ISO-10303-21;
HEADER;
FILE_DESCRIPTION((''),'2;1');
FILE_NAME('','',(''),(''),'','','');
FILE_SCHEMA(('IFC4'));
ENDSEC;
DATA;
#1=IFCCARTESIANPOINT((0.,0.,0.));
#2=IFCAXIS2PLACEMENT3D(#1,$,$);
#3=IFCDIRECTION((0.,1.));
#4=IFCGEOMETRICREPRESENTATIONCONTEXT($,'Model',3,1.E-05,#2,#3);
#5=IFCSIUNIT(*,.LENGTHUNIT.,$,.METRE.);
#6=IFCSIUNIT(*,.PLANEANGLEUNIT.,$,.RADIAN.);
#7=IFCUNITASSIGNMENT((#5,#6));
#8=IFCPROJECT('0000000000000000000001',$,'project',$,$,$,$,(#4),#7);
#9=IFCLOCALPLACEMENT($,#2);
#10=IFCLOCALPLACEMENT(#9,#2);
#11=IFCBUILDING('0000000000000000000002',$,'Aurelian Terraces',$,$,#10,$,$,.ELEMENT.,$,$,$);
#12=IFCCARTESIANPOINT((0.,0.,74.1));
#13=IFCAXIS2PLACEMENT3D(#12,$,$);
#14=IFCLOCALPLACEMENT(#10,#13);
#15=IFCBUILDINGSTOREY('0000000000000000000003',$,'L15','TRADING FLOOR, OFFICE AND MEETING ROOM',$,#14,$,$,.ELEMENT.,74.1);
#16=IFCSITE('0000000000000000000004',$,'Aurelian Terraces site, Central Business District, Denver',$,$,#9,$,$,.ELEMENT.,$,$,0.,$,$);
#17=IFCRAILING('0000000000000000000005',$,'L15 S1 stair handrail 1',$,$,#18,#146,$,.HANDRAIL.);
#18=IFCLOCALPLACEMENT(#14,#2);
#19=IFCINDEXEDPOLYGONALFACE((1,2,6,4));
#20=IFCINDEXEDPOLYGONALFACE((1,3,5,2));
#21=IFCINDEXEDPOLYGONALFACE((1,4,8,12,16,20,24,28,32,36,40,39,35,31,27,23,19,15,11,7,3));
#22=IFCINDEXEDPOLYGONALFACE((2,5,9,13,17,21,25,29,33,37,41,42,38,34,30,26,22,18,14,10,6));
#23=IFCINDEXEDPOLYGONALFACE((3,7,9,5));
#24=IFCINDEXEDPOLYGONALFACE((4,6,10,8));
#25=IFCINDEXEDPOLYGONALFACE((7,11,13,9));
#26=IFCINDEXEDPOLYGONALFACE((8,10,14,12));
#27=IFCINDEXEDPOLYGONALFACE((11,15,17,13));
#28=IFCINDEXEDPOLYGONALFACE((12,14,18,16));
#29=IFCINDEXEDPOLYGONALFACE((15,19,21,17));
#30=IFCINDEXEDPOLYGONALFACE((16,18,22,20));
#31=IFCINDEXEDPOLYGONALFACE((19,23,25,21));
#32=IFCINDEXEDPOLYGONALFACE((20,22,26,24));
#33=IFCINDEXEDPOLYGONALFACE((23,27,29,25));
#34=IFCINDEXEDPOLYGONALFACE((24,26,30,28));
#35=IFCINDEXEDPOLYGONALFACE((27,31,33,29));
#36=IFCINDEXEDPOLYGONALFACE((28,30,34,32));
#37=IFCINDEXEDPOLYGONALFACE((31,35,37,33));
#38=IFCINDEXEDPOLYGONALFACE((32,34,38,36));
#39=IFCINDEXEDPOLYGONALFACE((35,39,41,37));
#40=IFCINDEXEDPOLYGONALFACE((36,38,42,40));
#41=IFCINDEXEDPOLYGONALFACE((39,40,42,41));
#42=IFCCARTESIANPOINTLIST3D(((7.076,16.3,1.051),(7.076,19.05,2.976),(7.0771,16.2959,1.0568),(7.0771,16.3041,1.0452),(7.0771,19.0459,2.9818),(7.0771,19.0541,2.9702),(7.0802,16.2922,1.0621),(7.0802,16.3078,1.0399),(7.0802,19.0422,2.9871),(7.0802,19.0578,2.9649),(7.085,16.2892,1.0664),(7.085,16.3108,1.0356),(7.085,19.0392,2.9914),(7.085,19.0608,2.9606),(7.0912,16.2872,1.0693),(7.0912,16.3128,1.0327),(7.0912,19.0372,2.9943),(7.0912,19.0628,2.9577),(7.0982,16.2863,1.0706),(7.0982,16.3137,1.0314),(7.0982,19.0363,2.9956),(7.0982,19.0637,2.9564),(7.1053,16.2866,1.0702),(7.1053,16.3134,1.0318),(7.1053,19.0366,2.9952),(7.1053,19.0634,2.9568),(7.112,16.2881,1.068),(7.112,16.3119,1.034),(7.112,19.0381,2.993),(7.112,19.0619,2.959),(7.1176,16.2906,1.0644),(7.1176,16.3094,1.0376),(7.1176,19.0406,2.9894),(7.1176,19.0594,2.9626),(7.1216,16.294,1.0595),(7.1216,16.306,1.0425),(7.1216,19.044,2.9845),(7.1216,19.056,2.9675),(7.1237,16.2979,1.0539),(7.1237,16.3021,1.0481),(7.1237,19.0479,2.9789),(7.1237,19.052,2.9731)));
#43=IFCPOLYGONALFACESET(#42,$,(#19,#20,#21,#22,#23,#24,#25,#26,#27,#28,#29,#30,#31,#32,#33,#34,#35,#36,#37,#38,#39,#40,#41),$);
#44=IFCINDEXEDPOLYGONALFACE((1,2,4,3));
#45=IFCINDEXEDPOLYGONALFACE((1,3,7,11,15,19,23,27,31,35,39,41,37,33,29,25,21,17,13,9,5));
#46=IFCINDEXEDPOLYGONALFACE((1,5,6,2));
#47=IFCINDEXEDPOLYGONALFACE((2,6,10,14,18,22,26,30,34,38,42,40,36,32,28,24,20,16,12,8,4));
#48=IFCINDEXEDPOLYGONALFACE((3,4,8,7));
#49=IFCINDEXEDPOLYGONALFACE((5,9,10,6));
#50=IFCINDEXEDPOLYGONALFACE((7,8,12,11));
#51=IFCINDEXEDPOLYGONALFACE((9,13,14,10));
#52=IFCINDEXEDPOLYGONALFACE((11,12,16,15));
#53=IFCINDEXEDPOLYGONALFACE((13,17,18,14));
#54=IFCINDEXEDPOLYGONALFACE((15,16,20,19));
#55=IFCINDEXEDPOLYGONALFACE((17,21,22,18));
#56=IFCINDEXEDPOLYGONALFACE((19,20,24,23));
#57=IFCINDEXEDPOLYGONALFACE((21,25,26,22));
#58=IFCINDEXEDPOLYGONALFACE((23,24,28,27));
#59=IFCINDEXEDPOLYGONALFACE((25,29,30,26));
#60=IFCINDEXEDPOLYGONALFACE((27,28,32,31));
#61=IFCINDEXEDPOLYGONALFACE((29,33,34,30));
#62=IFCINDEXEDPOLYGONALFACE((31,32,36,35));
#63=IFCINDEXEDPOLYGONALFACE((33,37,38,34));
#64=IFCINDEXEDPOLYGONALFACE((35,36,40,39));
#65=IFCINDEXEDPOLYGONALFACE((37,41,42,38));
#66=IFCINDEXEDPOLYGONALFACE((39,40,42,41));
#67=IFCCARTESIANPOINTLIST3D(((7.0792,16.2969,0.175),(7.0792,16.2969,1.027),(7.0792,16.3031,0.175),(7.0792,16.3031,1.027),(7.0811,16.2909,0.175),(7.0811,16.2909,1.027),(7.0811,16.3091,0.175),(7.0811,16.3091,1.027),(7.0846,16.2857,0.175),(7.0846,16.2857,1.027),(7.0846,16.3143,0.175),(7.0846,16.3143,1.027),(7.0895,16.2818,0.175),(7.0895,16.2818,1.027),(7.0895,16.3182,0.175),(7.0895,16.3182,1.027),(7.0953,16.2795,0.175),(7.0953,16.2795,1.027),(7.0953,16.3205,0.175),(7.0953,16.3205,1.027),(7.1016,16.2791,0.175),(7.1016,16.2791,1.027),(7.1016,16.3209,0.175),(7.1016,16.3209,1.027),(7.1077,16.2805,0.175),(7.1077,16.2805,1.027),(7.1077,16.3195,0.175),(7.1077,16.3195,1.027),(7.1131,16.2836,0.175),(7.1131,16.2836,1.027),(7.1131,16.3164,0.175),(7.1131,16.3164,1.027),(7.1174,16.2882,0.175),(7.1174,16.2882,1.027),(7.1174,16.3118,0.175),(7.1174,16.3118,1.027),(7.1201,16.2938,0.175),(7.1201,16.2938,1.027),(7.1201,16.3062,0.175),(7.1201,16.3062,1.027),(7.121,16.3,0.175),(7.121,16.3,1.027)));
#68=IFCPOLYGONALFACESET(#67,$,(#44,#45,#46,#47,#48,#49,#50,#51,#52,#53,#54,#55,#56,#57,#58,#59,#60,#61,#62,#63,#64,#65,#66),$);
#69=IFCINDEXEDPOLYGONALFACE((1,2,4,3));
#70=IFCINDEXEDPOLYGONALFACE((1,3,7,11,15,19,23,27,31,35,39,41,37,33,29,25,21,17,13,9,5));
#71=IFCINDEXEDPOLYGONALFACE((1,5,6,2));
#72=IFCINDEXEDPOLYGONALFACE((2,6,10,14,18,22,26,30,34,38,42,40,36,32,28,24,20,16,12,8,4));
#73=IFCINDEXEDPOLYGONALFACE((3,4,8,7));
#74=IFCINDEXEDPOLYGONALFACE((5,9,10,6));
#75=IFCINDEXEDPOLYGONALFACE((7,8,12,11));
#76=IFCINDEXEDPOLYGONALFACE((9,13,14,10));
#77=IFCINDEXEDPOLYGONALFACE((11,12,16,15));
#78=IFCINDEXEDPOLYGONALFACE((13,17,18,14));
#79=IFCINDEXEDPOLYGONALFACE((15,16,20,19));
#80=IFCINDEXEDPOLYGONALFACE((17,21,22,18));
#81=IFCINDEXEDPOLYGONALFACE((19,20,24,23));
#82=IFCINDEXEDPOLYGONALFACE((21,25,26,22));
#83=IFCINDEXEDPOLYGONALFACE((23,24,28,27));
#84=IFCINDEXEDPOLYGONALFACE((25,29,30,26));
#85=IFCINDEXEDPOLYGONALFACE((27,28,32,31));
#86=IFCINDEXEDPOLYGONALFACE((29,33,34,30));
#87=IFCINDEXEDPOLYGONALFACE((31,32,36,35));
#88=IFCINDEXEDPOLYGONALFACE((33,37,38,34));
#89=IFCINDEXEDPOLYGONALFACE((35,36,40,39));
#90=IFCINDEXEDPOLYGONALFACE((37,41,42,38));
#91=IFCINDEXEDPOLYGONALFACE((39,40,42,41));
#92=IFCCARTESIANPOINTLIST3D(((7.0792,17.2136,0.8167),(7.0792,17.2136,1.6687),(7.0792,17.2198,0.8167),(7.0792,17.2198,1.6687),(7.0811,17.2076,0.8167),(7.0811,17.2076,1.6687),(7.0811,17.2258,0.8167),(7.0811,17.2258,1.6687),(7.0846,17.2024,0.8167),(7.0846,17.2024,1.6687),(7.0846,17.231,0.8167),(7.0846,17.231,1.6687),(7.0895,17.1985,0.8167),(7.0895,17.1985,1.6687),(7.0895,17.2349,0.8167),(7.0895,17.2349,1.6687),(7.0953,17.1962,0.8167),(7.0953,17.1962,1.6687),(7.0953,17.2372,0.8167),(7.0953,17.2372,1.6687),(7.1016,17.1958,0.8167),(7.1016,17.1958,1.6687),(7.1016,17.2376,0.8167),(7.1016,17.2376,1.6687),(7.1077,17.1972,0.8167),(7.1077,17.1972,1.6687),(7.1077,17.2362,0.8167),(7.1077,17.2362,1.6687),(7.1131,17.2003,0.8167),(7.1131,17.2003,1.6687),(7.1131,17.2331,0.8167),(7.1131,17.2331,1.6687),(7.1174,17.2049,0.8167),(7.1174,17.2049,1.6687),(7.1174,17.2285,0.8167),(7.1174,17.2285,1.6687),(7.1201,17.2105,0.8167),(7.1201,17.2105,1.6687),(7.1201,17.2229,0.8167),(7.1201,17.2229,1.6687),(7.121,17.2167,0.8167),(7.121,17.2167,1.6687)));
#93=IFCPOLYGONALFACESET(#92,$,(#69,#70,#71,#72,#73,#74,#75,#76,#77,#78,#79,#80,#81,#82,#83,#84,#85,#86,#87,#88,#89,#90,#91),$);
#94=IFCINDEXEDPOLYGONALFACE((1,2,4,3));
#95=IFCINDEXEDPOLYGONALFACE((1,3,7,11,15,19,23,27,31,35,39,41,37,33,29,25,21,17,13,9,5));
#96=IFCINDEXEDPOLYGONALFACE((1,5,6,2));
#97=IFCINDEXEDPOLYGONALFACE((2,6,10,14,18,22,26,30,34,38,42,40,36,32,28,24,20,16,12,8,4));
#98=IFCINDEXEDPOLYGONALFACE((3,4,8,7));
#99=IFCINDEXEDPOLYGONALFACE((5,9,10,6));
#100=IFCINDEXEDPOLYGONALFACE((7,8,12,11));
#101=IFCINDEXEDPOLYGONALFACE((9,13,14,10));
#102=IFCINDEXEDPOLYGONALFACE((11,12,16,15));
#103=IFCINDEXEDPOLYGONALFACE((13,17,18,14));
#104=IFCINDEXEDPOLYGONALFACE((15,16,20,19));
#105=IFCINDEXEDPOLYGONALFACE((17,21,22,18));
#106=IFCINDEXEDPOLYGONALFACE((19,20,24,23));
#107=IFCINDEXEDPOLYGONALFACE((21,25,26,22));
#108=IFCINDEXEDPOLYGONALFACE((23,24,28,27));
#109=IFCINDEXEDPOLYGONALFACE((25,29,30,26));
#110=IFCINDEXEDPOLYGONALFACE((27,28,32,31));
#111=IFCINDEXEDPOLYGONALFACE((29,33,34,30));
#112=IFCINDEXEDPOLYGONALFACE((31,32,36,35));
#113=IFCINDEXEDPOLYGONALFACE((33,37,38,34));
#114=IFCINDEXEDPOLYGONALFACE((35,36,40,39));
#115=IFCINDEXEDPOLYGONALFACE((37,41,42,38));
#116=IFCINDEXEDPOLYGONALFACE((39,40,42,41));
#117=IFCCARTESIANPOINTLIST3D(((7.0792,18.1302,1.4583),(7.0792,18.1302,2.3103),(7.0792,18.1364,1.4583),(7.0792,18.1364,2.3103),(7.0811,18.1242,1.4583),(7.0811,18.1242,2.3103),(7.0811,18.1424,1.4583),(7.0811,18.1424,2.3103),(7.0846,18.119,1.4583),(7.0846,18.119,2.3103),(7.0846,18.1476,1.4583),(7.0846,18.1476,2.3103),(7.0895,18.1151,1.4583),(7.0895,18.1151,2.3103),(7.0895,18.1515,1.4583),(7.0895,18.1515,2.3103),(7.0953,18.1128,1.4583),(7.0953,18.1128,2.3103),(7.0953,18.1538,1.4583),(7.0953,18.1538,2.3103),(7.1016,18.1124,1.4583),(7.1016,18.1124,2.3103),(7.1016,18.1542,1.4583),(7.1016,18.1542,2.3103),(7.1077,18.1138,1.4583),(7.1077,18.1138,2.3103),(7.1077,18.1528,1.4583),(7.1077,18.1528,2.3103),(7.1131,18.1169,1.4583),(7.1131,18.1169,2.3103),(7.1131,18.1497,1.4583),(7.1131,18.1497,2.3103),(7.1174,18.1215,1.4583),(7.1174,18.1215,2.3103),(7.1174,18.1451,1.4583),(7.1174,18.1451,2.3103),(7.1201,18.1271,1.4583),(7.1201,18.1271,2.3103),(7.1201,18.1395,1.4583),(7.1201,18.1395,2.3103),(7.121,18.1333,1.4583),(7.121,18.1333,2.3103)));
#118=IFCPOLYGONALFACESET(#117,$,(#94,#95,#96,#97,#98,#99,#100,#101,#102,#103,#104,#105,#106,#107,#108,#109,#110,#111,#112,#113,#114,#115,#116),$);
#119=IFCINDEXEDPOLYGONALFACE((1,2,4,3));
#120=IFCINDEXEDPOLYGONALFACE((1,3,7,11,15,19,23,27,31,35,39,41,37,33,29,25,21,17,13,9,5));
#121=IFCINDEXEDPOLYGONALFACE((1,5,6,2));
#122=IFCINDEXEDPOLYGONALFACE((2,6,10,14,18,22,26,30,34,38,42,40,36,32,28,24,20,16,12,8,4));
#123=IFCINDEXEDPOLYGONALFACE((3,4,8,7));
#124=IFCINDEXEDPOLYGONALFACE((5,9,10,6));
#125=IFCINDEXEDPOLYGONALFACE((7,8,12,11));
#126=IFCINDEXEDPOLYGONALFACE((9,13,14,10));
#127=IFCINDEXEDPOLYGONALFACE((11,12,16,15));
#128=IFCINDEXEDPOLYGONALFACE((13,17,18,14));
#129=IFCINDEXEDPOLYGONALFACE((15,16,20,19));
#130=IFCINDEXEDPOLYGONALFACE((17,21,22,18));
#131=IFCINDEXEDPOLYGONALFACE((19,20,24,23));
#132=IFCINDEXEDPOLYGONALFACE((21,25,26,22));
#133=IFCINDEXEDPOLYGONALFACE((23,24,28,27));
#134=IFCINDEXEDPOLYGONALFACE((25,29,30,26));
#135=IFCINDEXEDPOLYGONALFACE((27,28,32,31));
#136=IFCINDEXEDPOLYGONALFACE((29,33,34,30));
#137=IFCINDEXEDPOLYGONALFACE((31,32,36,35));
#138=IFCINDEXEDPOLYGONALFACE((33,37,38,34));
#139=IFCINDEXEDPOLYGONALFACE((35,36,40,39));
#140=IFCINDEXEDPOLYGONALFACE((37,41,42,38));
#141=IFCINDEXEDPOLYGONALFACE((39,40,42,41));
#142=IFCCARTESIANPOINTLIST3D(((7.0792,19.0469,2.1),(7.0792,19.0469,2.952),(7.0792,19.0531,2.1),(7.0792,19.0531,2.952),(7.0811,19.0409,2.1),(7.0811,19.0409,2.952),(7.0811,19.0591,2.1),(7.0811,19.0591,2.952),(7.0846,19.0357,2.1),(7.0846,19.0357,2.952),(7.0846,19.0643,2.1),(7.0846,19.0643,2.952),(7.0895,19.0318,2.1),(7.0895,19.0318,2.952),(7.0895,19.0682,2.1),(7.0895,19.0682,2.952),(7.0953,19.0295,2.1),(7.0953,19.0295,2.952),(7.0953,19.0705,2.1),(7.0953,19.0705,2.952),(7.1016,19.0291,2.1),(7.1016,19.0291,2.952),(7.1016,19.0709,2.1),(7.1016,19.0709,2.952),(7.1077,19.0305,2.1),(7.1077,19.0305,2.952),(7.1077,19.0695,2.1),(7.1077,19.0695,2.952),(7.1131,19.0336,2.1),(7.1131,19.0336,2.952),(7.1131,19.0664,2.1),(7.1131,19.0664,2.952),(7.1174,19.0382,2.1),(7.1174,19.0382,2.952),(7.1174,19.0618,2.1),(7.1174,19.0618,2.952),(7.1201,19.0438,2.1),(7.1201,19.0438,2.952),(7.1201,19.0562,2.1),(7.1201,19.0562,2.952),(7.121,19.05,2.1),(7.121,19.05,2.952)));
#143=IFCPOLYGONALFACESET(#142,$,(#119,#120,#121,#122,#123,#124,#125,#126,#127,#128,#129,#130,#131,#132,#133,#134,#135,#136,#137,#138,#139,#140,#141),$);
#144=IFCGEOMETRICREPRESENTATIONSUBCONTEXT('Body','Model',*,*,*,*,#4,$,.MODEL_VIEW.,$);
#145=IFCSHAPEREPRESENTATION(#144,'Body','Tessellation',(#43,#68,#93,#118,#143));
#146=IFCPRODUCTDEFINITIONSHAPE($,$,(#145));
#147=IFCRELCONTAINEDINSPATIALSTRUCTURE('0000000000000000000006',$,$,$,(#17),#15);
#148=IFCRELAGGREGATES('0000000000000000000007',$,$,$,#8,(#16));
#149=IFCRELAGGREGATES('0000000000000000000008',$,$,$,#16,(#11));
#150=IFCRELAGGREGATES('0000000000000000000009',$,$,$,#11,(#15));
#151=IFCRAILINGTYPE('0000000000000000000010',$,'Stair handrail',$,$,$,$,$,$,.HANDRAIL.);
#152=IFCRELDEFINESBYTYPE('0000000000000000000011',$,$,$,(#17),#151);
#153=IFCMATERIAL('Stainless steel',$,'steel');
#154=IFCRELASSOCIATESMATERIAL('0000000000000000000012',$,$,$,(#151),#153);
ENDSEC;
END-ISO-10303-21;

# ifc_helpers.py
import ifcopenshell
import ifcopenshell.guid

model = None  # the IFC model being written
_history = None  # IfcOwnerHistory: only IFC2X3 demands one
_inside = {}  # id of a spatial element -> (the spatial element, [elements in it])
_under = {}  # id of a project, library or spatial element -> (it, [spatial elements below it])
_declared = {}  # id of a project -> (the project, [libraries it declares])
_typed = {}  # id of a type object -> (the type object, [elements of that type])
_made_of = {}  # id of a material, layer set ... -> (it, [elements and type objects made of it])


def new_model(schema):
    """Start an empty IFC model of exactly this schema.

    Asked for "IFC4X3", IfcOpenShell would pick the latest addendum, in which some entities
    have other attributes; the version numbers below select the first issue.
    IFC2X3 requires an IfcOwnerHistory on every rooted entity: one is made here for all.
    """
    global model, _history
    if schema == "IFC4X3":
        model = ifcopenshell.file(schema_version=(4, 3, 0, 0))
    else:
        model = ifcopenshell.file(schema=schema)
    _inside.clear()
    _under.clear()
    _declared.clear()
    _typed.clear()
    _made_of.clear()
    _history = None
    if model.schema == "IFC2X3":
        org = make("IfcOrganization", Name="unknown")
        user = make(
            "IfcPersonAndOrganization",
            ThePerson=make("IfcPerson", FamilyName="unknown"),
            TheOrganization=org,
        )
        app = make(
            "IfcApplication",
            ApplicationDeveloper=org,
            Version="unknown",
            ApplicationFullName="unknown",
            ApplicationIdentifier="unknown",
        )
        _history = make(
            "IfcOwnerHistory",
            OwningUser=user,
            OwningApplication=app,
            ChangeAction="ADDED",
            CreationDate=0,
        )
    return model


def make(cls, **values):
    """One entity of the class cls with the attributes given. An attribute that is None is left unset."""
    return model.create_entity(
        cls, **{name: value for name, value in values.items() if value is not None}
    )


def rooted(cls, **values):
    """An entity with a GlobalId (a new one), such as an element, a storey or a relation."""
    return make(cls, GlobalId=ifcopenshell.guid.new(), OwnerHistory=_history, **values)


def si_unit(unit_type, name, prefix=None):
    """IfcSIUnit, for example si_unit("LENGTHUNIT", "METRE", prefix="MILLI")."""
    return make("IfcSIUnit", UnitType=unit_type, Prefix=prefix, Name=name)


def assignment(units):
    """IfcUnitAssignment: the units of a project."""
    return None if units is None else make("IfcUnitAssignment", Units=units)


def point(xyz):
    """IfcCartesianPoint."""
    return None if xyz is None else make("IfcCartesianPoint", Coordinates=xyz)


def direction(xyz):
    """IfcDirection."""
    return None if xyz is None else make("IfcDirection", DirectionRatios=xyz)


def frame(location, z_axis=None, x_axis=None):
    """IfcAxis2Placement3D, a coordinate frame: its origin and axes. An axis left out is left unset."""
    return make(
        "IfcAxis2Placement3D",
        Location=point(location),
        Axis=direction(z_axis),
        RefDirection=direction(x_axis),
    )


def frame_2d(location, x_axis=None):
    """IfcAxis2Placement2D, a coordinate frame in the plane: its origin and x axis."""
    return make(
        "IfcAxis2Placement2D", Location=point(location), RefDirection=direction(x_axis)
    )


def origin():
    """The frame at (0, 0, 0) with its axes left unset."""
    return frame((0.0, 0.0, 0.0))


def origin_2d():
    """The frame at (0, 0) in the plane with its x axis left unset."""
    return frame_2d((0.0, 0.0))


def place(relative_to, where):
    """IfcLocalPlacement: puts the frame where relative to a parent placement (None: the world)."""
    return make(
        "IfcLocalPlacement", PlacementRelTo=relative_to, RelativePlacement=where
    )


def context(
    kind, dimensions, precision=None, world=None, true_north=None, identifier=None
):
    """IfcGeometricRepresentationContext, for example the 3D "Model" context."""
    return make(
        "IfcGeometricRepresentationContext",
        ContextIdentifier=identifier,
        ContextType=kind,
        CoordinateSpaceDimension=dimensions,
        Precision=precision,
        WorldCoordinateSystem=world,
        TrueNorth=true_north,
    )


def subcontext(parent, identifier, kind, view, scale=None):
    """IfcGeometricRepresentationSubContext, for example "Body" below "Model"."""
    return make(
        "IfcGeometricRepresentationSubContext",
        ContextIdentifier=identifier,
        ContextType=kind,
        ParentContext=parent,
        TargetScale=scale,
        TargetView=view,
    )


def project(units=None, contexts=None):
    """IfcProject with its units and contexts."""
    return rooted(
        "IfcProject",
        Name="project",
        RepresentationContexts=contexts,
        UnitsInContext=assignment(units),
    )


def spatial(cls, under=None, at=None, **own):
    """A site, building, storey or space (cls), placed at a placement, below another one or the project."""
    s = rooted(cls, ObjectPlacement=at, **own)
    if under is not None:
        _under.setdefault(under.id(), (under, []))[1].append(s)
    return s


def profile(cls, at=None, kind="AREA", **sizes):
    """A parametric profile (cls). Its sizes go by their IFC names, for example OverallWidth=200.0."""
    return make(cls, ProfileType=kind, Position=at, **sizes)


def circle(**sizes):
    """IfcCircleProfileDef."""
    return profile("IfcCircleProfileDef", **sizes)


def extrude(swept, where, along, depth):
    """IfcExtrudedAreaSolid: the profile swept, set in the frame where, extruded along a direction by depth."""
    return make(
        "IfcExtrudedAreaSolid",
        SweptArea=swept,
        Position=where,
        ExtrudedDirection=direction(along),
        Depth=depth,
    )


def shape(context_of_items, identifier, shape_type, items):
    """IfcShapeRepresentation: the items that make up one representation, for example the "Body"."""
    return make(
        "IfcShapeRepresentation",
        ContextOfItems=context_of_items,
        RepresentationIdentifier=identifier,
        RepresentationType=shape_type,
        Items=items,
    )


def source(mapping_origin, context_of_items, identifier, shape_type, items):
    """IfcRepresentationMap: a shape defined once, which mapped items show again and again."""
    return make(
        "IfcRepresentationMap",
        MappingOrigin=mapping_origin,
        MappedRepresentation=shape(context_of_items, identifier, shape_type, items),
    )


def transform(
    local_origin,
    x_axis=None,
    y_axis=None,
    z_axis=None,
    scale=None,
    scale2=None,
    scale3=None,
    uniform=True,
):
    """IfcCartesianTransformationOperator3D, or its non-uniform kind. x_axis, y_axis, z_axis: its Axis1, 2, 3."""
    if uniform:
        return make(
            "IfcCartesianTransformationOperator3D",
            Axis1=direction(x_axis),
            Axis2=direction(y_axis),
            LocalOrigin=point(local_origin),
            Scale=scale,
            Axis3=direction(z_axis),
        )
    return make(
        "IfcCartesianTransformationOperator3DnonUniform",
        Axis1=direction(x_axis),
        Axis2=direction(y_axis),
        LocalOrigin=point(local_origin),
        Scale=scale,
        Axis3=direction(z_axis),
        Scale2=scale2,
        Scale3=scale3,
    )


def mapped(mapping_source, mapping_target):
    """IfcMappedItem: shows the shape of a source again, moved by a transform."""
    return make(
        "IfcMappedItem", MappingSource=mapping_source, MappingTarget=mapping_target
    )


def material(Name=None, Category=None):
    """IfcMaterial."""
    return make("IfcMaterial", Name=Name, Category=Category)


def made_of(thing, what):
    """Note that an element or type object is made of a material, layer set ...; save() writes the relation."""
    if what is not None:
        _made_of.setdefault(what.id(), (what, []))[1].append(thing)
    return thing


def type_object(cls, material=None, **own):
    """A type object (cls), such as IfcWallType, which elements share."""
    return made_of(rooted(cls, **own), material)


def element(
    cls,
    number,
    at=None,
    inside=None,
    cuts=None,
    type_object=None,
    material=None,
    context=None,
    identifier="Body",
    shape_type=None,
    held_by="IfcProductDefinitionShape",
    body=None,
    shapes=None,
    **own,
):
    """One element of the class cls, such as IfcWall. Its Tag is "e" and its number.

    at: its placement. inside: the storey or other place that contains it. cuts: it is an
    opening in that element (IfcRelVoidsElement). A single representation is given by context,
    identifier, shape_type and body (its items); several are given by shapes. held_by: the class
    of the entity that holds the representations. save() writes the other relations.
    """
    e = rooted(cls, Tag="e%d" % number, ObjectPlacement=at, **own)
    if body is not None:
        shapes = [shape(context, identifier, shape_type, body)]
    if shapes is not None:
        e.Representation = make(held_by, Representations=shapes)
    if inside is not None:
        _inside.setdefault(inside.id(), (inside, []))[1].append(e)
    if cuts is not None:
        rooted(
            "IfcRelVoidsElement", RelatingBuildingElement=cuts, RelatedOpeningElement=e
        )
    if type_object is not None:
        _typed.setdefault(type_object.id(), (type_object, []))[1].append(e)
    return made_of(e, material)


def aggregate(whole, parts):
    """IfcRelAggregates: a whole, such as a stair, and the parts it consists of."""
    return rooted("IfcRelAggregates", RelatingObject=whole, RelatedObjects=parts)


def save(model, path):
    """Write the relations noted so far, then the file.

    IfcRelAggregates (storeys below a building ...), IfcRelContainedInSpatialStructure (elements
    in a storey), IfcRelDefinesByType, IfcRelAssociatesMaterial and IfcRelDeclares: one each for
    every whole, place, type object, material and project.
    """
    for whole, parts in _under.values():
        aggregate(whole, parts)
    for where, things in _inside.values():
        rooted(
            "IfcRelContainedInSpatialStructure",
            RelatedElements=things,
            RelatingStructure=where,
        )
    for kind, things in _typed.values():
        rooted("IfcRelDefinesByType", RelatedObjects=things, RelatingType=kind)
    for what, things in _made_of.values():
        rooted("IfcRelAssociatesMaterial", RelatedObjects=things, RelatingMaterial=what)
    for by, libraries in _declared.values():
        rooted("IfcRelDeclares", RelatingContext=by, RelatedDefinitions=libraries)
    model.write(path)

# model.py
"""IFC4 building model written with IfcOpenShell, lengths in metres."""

from ifc_helpers import new_model, si_unit, direction, frame, origin, origin_2d, place, context, subcontext, project, spatial, circle, extrude, source, transform, mapped, material, type_object, element, save


model = new_model("IFC4")

# Units and contexts
model_context = context("Model", 3, precision=1e-05, world=origin(), true_north=direction((0.0, 1.0)))
body_context = subcontext(model_context, "Body", "Model", "MODEL_VIEW")
ifc_project = project(units=[si_unit("LENGTHUNIT", "METRE"), si_unit("PLANEANGLEUNIT", "RADIAN")], contexts=[model_context])

# Site, building, storey
site_placement = place(None, origin())
site = spatial("IfcSite", under=ifc_project, at=site_placement, Name="Aurelian Terraces site, Central Business District, Denver", CompositionType="ELEMENT", RefElevation=0.0)
building_placement = place(site_placement, origin())
building = spatial("IfcBuilding", under=site, at=building_placement, Name="Aurelian Terraces", CompositionType="ELEMENT")
storey_placement = place(building_placement, frame((0.0, 0.0, 74.1)))
storey = spatial("IfcBuildingStorey", under=building, at=storey_placement, Name="L15", Description="TRADING FLOOR, OFFICE AND MEETING ROOM", CompositionType="ELEMENT", Elevation=74.1)

# Railing
ifc_material_1 = material(Name="Stainless steel", Category="steel")
railing_type_1 = type_object("IfcRailingType", Name="Stair handrail", PredefinedType="HANDRAIL", material=ifc_material_1)
shared_shape_1 = source(origin(), body_context, "Body", "SweptSolid", [
    extrude(circle(Radius=0.024, at=origin_2d()), frame((0.0, 0.0, 0.876), z_axis=(0.0, 0.819232, 0.573462), x_axis=(-1.0, 0.0, 0.0)), (0.0, 0.0, 1.0), 3.3568),
    extrude(circle(Radius=0.021, at=origin_2d()), origin(), (0.0, 0.0, 1.0), 0.852),
    extrude(circle(Radius=0.021, at=origin_2d()), frame((0.0, 0.9167, 0.6417)), (0.0, 0.0, 1.0), 0.852),
    extrude(circle(Radius=0.021, at=origin_2d()), frame((0.0, 1.8333, 1.2833)), (0.0, 0.0, 1.0), 0.852),
    extrude(circle(Radius=0.021, at=origin_2d()), frame((0.0, 2.75, 1.925)), (0.0, 0.0, 1.0), 0.852),
])
railing_1_placement = place(storey_placement, frame((7.1, 16.3, 0.175)))
element("IfcRailing", 1, at=railing_1_placement, inside=storey, type_object=railing_type_1, Name="L15 S1 stair handrail 1", PredefinedType="HANDRAIL", context=body_context, shape_type="MappedRepresentation", body=[
    mapped(shared_shape_1, transform((0.0, 0.0, 0.0), scale=1.0)),
])

save(model, "model.ifc")
